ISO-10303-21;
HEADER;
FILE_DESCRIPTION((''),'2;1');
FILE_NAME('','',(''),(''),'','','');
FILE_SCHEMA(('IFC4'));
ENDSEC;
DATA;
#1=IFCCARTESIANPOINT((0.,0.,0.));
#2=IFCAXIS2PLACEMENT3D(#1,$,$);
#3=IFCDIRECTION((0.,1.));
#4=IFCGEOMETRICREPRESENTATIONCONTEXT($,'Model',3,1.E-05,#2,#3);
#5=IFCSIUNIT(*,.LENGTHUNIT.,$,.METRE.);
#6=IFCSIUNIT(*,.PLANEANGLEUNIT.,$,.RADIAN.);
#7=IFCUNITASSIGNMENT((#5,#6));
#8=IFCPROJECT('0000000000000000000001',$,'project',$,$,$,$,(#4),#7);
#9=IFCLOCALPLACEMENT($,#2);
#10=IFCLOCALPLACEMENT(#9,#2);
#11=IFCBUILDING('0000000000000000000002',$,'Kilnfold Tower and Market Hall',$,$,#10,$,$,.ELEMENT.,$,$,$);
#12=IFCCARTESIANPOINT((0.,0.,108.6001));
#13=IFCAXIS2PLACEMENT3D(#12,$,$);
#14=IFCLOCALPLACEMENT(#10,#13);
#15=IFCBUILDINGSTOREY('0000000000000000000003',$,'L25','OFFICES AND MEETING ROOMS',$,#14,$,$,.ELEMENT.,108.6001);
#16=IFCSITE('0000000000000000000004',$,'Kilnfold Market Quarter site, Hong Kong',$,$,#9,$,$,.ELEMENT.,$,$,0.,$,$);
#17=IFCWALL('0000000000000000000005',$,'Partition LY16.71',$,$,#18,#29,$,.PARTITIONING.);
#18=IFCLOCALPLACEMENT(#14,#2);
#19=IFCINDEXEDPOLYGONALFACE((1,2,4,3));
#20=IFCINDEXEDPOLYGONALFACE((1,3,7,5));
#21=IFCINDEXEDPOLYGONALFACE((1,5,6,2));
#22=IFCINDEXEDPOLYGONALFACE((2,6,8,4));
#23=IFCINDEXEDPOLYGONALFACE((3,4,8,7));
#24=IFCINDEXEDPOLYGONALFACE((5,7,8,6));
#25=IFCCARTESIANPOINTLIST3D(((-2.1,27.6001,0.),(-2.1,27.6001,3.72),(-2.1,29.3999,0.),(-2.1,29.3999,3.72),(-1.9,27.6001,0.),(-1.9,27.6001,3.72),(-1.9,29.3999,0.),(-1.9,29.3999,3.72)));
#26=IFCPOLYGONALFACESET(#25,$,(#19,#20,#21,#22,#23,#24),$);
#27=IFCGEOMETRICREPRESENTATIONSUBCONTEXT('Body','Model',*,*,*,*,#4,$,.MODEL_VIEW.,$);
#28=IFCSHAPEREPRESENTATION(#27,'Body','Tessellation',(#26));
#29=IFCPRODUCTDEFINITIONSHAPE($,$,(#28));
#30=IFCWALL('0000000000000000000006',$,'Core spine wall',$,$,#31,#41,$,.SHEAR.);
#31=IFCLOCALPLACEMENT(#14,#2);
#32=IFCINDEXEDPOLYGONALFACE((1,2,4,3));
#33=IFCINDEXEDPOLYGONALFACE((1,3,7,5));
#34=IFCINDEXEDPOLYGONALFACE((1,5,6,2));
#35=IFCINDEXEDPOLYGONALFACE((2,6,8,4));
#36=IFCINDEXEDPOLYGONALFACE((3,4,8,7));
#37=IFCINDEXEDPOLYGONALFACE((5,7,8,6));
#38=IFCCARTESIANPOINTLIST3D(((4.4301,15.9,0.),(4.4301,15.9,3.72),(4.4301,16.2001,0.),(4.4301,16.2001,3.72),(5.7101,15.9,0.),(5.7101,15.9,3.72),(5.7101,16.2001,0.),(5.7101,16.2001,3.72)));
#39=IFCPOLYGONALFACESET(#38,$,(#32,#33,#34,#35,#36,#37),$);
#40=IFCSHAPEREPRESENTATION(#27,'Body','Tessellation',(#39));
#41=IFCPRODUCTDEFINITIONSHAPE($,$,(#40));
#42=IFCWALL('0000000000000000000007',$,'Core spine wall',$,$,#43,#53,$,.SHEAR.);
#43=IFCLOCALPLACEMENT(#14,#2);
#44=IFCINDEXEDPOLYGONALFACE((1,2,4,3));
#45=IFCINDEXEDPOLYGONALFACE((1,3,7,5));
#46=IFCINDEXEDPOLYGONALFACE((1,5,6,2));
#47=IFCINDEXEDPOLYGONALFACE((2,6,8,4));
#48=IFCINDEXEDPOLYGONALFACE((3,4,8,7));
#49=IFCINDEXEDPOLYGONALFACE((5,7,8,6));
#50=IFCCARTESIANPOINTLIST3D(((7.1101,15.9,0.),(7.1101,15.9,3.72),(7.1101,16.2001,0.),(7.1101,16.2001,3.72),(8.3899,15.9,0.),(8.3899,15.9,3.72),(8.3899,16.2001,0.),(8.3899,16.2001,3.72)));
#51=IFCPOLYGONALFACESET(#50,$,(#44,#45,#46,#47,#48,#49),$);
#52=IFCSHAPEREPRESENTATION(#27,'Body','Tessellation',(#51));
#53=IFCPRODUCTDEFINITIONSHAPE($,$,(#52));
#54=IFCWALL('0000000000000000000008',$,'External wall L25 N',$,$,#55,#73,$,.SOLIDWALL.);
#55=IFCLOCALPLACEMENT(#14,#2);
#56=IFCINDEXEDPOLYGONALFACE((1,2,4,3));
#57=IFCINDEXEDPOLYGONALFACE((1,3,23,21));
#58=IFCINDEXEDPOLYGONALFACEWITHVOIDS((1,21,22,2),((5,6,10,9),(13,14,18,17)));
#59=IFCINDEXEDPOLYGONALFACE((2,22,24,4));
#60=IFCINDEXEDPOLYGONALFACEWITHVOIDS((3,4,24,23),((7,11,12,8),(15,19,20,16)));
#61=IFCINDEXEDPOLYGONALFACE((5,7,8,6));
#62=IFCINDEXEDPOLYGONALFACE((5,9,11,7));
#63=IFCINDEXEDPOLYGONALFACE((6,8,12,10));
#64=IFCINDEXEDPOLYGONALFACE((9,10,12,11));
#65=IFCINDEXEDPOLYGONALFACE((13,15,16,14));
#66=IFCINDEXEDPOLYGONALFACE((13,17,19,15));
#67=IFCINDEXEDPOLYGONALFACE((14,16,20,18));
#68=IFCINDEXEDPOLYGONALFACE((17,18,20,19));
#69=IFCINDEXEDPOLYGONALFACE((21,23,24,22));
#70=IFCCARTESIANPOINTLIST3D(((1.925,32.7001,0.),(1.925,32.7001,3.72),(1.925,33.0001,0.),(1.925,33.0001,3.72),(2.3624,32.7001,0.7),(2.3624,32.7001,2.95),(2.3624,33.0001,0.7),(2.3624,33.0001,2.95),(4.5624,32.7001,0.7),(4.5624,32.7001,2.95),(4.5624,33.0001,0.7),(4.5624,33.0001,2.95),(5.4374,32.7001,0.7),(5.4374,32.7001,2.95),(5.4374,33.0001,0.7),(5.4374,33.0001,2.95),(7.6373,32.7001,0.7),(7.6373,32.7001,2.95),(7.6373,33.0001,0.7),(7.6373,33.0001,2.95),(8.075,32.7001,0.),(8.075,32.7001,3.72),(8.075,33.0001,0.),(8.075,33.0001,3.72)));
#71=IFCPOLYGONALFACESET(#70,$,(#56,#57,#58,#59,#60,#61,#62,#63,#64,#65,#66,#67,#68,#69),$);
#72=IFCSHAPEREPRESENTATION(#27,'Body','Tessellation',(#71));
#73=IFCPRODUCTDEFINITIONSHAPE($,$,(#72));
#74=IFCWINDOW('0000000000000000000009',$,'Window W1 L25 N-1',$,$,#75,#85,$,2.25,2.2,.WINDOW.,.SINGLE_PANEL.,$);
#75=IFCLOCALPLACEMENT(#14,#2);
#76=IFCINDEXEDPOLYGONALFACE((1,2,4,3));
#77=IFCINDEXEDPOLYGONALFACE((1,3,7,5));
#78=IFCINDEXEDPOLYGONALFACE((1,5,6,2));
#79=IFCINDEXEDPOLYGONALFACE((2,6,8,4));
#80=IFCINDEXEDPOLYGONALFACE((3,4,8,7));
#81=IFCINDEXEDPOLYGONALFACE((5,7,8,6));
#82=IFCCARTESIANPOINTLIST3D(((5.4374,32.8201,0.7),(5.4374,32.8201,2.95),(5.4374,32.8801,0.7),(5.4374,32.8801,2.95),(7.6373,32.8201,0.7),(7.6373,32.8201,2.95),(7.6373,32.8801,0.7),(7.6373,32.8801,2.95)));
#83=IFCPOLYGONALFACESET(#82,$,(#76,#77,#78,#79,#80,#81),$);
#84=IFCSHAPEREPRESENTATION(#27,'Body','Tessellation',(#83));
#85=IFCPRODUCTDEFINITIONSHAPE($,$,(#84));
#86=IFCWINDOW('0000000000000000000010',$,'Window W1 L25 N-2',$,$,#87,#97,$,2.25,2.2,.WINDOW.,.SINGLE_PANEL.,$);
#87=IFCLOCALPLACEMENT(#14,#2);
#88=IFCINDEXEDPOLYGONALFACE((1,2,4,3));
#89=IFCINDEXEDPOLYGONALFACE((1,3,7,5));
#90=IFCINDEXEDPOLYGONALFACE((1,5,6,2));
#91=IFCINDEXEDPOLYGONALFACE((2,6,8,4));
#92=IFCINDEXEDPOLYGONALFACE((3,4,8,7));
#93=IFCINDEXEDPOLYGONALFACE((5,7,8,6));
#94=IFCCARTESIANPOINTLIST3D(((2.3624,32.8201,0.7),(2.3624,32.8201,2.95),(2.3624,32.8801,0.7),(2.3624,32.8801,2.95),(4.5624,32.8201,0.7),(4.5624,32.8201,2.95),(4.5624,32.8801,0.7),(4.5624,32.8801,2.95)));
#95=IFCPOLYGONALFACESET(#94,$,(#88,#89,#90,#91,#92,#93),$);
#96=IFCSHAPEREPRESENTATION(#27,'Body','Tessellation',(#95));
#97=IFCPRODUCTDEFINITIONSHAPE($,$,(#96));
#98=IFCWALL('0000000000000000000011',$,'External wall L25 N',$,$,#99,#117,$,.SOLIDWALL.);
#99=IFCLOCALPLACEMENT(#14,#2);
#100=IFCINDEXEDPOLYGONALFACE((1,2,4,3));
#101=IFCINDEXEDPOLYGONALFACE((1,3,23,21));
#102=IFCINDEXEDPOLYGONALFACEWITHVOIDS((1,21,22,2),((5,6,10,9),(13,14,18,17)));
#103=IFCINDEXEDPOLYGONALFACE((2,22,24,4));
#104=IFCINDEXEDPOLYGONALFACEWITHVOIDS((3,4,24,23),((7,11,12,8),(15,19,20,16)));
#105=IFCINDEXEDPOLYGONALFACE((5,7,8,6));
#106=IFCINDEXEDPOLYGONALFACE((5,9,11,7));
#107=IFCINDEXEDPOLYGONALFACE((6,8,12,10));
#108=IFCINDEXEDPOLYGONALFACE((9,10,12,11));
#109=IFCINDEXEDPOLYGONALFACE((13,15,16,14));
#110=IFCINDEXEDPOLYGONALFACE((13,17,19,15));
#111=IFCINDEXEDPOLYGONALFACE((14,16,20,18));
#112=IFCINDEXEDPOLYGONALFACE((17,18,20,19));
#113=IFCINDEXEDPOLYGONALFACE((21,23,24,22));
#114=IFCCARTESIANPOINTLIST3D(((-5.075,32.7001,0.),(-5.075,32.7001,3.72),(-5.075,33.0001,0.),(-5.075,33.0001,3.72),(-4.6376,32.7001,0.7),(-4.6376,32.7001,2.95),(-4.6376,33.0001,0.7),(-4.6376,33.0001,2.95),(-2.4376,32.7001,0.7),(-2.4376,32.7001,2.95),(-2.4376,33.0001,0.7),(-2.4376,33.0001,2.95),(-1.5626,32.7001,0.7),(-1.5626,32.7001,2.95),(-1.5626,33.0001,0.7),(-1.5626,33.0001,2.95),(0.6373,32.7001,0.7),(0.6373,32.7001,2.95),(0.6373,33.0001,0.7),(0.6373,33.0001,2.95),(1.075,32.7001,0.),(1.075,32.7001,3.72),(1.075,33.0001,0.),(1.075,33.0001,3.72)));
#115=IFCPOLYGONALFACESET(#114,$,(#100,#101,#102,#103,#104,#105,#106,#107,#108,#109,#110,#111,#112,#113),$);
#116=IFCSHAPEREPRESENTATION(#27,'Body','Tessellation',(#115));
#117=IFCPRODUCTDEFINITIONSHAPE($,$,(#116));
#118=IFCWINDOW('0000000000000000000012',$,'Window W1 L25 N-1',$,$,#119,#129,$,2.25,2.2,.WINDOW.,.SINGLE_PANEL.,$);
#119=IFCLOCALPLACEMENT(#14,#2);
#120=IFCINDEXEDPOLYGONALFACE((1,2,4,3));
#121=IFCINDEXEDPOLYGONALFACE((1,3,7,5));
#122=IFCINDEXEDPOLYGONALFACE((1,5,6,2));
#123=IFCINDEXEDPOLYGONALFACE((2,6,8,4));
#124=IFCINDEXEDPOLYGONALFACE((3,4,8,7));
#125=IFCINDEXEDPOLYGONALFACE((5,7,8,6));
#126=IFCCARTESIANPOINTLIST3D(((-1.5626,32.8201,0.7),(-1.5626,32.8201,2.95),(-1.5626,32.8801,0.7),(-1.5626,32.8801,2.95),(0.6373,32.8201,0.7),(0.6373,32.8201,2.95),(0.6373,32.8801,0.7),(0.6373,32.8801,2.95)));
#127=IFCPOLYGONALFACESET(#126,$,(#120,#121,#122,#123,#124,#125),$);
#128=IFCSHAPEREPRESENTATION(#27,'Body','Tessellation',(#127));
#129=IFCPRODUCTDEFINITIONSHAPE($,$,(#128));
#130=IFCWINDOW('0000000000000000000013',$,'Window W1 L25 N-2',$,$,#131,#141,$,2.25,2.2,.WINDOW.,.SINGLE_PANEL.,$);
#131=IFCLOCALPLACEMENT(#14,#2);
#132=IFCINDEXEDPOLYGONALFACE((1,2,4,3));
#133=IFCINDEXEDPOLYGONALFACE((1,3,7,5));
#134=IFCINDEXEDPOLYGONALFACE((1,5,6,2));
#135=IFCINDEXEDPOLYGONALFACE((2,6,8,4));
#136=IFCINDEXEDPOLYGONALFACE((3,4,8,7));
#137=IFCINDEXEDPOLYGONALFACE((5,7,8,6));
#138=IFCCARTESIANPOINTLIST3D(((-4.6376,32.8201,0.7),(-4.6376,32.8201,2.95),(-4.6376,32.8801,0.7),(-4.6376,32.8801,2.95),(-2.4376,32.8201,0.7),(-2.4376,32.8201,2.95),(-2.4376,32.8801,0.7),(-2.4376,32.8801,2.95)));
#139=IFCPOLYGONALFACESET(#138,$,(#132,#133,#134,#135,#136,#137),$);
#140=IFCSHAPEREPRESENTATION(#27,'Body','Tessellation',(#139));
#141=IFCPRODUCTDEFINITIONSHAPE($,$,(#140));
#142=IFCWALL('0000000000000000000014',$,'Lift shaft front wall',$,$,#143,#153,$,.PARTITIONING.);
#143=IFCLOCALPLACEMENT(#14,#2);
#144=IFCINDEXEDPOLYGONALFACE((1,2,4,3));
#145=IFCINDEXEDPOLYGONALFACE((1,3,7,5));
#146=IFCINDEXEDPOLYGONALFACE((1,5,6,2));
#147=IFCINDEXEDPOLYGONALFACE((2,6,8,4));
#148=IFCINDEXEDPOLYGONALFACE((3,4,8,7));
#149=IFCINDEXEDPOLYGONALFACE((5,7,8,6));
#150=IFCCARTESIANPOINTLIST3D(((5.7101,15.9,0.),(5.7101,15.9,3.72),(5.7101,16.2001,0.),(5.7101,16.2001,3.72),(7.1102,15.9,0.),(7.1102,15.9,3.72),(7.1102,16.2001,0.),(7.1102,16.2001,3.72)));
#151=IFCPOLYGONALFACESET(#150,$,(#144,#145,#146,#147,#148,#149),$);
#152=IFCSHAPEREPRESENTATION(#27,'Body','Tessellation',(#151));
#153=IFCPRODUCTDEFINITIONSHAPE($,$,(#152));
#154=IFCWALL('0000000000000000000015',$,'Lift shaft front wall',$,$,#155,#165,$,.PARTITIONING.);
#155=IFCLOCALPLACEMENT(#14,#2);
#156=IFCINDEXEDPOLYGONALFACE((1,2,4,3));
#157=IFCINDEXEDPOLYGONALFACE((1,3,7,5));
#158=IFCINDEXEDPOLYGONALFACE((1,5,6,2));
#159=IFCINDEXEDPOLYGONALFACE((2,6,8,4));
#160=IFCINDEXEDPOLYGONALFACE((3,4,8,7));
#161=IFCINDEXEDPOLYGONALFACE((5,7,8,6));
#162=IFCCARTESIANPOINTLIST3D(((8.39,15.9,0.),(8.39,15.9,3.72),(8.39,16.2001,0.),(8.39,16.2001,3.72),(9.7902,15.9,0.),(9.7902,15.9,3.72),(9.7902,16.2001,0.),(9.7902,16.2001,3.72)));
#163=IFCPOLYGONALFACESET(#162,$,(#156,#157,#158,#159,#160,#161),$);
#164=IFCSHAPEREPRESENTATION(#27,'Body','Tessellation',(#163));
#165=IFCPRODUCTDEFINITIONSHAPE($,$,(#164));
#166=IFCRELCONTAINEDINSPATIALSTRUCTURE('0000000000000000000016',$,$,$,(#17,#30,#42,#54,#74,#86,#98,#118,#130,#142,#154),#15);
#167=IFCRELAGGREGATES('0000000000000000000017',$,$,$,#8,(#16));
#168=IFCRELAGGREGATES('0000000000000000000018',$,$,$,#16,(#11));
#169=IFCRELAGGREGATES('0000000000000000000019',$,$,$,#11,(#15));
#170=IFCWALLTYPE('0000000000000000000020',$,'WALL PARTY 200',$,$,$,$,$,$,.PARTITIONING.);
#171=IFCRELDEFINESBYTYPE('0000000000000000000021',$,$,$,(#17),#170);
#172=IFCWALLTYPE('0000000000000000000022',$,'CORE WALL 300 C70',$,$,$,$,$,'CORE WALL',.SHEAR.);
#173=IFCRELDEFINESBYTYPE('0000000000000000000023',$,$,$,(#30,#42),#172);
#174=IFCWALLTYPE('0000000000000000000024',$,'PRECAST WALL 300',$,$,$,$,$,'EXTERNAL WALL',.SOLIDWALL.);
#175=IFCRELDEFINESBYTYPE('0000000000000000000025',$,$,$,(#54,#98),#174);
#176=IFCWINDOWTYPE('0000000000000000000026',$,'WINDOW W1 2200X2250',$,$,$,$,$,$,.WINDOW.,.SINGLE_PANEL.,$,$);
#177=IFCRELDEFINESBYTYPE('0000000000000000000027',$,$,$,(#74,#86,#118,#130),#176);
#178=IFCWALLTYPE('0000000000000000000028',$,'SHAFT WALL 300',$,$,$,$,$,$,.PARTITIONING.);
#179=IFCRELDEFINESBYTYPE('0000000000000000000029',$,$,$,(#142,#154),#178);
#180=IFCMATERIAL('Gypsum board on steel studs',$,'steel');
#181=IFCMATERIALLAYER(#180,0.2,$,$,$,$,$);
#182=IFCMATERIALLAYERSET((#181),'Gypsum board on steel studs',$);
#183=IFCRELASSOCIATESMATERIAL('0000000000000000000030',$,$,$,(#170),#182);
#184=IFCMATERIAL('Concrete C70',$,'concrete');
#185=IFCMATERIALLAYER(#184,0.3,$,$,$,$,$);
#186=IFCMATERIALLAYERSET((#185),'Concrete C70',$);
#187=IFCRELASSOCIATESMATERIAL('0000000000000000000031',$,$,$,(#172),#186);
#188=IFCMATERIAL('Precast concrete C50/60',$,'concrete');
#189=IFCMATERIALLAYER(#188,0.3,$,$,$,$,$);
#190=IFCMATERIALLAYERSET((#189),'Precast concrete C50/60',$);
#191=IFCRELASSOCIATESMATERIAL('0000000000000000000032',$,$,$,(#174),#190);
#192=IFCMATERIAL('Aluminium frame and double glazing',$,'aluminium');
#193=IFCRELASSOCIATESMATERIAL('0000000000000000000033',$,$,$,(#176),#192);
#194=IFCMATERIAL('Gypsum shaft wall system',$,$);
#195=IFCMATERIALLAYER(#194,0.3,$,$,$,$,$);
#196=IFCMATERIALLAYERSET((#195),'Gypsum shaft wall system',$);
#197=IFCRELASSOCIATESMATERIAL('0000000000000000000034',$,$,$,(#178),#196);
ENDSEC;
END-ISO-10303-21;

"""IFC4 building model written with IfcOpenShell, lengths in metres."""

from ifc_helpers import new_model, si_unit, direction, frame, frame_2d, origin, place, context, subcontext, project, spatial, rectangle, extrude, source, transform, mapped, material, layer, layer_set, type_object, element, fill, save


model = new_model("IFC4")

# Units and contexts
model_context = context("Model", 3, precision=1e-05, world=origin(), true_north=direction((0.0, 1.0)))
body_context = subcontext(model_context, "Body", "Model", "MODEL_VIEW")
ifc_project = project(units=[si_unit("LENGTHUNIT", "METRE"), si_unit("PLANEANGLEUNIT", "RADIAN")], contexts=[model_context])

# Site, building, storey
site_placement = place(None, origin())
site = spatial("IfcSite", under=ifc_project, at=site_placement, Name="Kilnfold Market Quarter site, Hong Kong", CompositionType="ELEMENT", RefElevation=0.0)
building_placement = place(site_placement, origin())
building = spatial("IfcBuilding", under=site, at=building_placement, Name="Kilnfold Tower and Market Hall", CompositionType="ELEMENT")
storey_placement = place(building_placement, frame((0.0, 0.0, 108.6001)))
storey = spatial("IfcBuildingStorey", under=building, at=storey_placement, Name="L25", Description="OFFICES AND MEETING ROOMS", CompositionType="ELEMENT", Elevation=108.6001)

# Walls
ifc_material_1 = material(Name="Gypsum board on steel studs", Category="steel")
ifc_layer_1 = layer(ifc_material_1, 0.2)
ifc_layer_set_1 = layer_set([ifc_layer_1], Name="Gypsum board on steel studs")
wall_type_1 = type_object("IfcWallType", Name="WALL PARTY 200", PredefinedType="PARTITIONING", material=ifc_layer_set_1)
wall_1_placement = place(storey_placement, frame((-2.0, 27.6001, 0.0), z_axis=(0.0, 0.0, 1.0), x_axis=(0.0, 1.0, 0.0)))
element("IfcWall", 1, at=wall_1_placement, inside=storey, type_object=wall_type_1, Name="Partition LY16.71", PredefinedType="PARTITIONING", context=body_context, shape_type="SweptSolid", body=[
    extrude(rectangle(XDim=1.7998, YDim=0.2, at=frame_2d((0.8999, 0.0))), origin(), (0.0, 0.0, 1.0), 3.72),
])
ifc_material_2 = material(Name="Concrete C70", Category="concrete")
ifc_layer_2 = layer(ifc_material_2, 0.3)
ifc_layer_set_2 = layer_set([ifc_layer_2], Name="Concrete C70")
wall_type_2 = type_object("IfcWallType", Name="CORE WALL 300 C70", ElementType="CORE WALL", PredefinedType="SHEAR", material=ifc_layer_set_2)
shared_shape_1 = source(origin(), body_context, "Body", "SweptSolid", [
    extrude(rectangle(XDim=1.28, YDim=0.3, at=frame_2d((0.6401, 0.0))), origin(), (0.0, 0.0, 1.0), 3.72),
])
wall_2_placement = place(storey_placement, frame((4.4299, 16.05, 0.0), z_axis=(0.0, 0.0, 1.0), x_axis=(1.0, 0.0, 0.0)))
element("IfcWall", 2, at=wall_2_placement, inside=storey, type_object=wall_type_2, Name="Core spine wall", PredefinedType="SHEAR", context=body_context, shape_type="MappedRepresentation", body=[
    mapped(shared_shape_1, transform((0.0, 0.0, 0.0))),
])
shared_shape_2 = source(origin(), body_context, "Body", "SweptSolid", [
    extrude(rectangle(XDim=1.2798, YDim=0.3, at=frame_2d((0.6399, 0.0))), origin(), (0.0, 0.0, 1.0), 3.72),
])
wall_3_placement = place(storey_placement, frame((7.1101, 16.05, 0.0), z_axis=(0.0, 0.0, 1.0), x_axis=(1.0, 0.0, 0.0)))
element("IfcWall", 3, at=wall_3_placement, inside=storey, type_object=wall_type_2, Name="Core spine wall", PredefinedType="SHEAR", context=body_context, shape_type="MappedRepresentation", body=[
    mapped(shared_shape_2, transform((0.0, 0.0, 0.0))),
])

# Walls, openings, windows
ifc_material_3 = material(Name="Precast concrete C50/60", Category="concrete")
ifc_layer_3 = layer(ifc_material_3, 0.3)
ifc_layer_set_3 = layer_set([ifc_layer_3], Name="Precast concrete C50/60")
wall_type_3 = type_object("IfcWallType", Name="PRECAST WALL 300", ElementType="EXTERNAL WALL", PredefinedType="SOLIDWALL", material=ifc_layer_set_3)
shared_shape_3 = source(origin(), body_context, "Body", "SweptSolid", [
    extrude(rectangle(XDim=6.1499, YDim=0.3, at=frame_2d((3.075, 0.0))), origin(), (0.0, 0.0, 1.0), 3.72),
])
wall_4_placement = place(storey_placement, frame((8.075, 32.8501, 0.0), z_axis=(0.0, 0.0, 1.0), x_axis=(-1.0, 0.0, 0.0)))
wall_4 = element("IfcWall", 4, at=wall_4_placement, inside=storey, type_object=wall_type_3, Name="External wall L25 N", PredefinedType="SOLIDWALL", context=body_context, shape_type="MappedRepresentation", body=[
    mapped(shared_shape_3, transform((0.0, 0.0, 0.0))),
])
opening_1_placement = place(wall_4_placement, frame((0.4375, 0.0, 0.7)))
opening_1 = element("IfcOpeningElement", 5, at=opening_1_placement, cuts=wall_4, PredefinedType="OPENING", context=body_context, shape_type="SweptSolid", body=[
    extrude(rectangle(XDim=2.2, YDim=2.25, at=frame_2d((1.1001, 1.125))), frame((0.0, 0.1602, 0.0), z_axis=(0.0, -1.0, 0.0), x_axis=(1.0, 0.0, 0.0)), (0.0, 0.0, 1.0), 0.3201),
])
opening_2_placement = place(wall_4_placement, frame((3.5125, 0.0, 0.7)))
opening_2 = element("IfcOpeningElement", 6, at=opening_2_placement, cuts=wall_4, PredefinedType="OPENING", context=body_context, shape_type="SweptSolid", body=[
    extrude(rectangle(XDim=2.2, YDim=2.25, at=frame_2d((1.1001, 1.125))), frame((0.0, 0.1602, 0.0), z_axis=(0.0, -1.0, 0.0), x_axis=(1.0, 0.0, 0.0)), (0.0, 0.0, 1.0), 0.3201),
])
ifc_material_4 = material(Name="Aluminium frame and double glazing", Category="aluminium")
window_type = type_object("IfcWindowType", Name="WINDOW W1 2200X2250", PartitioningType="SINGLE_PANEL", PredefinedType="WINDOW", material=ifc_material_4)
window_1_placement = place(opening_1_placement, origin())
window_1 = element("IfcWindow", 7, at=window_1_placement, inside=storey, type_object=window_type, Name="Window W1 L25 N-1", OverallHeight=2.25, OverallWidth=2.2, PartitioningType="SINGLE_PANEL", PredefinedType="WINDOW", context=body_context, shape_type="SweptSolid", body=[
    extrude(rectangle(XDim=2.2, YDim=2.25, at=frame_2d((1.1001, 1.125))), frame((0.0, 0.03, 0.0), z_axis=(0.0, -1.0, 0.0), x_axis=(1.0, 0.0, 0.0)), (0.0, 0.0, 1.0), 0.0601),
])
fill(opening_1, window_1)
window_2_placement = place(opening_2_placement, origin())
window_2 = element("IfcWindow", 8, at=window_2_placement, inside=storey, type_object=window_type, Name="Window W1 L25 N-2", OverallHeight=2.25, OverallWidth=2.2, PartitioningType="SINGLE_PANEL", PredefinedType="WINDOW", context=body_context, shape_type="SweptSolid", body=[
    extrude(rectangle(XDim=2.2, YDim=2.25, at=frame_2d((1.1001, 1.125))), frame((0.0, 0.03, 0.0), z_axis=(0.0, -1.0, 0.0), x_axis=(1.0, 0.0, 0.0)), (0.0, 0.0, 1.0), 0.0601),
])
fill(opening_2, window_2)
wall_5_placement = place(storey_placement, frame((1.075, 32.8501, 0.0), z_axis=(0.0, 0.0, 1.0), x_axis=(-1.0, 0.0, 0.0)))
wall_5 = element("IfcWall", 9, at=wall_5_placement, inside=storey, type_object=wall_type_3, Name="External wall L25 N", PredefinedType="SOLIDWALL", context=body_context, shape_type="MappedRepresentation", body=[
    mapped(shared_shape_3, transform((0.0, 0.0, 0.0))),
])
opening_3_placement = place(wall_5_placement, frame((0.4375, 0.0, 0.7)))
opening_3 = element("IfcOpeningElement", 10, at=opening_3_placement, cuts=wall_5, PredefinedType="OPENING", context=body_context, shape_type="SweptSolid", body=[
    extrude(rectangle(XDim=2.2, YDim=2.25, at=frame_2d((1.1001, 1.125))), frame((0.0, 0.1602, 0.0), z_axis=(0.0, -1.0, 0.0), x_axis=(1.0, 0.0, 0.0)), (0.0, 0.0, 1.0), 0.3201),
])
opening_4_placement = place(wall_5_placement, frame((3.5125, 0.0, 0.7)))
opening_4 = element("IfcOpeningElement", 11, at=opening_4_placement, cuts=wall_5, PredefinedType="OPENING", context=body_context, shape_type="SweptSolid", body=[
    extrude(rectangle(XDim=2.2, YDim=2.25, at=frame_2d((1.1001, 1.125))), frame((0.0, 0.1602, 0.0), z_axis=(0.0, -1.0, 0.0), x_axis=(1.0, 0.0, 0.0)), (0.0, 0.0, 1.0), 0.3201),
])
window_3_placement = place(opening_3_placement, origin())
window_3 = element("IfcWindow", 12, at=window_3_placement, inside=storey, type_object=window_type, Name="Window W1 L25 N-1", OverallHeight=2.25, OverallWidth=2.2, PartitioningType="SINGLE_PANEL", PredefinedType="WINDOW", context=body_context, shape_type="SweptSolid", body=[
    extrude(rectangle(XDim=2.2, YDim=2.25, at=frame_2d((1.1001, 1.125))), frame((0.0, 0.03, 0.0), z_axis=(0.0, -1.0, 0.0), x_axis=(1.0, 0.0, 0.0)), (0.0, 0.0, 1.0), 0.0601),
])
fill(opening_3, window_3)
window_4_placement = place(opening_4_placement, origin())
window_4 = element("IfcWindow", 13, at=window_4_placement, inside=storey, type_object=window_type, Name="Window W1 L25 N-2", OverallHeight=2.25, OverallWidth=2.2, PartitioningType="SINGLE_PANEL", PredefinedType="WINDOW", context=body_context, shape_type="SweptSolid", body=[
    extrude(rectangle(XDim=2.2, YDim=2.25, at=frame_2d((1.1001, 1.125))), frame((0.0, 0.03, 0.0), z_axis=(0.0, -1.0, 0.0), x_axis=(1.0, 0.0, 0.0)), (0.0, 0.0, 1.0), 0.0601),
])
fill(opening_4, window_4)

# Walls
ifc_material_5 = material(Name="Gypsum shaft wall system")
ifc_layer_4 = layer(ifc_material_5, 0.3)
ifc_layer_set_4 = layer_set([ifc_layer_4], Name="Gypsum shaft wall system")
wall_type_4 = type_object("IfcWallType", Name="SHAFT WALL 300", PredefinedType="PARTITIONING", material=ifc_layer_set_4)
shared_shape_4 = source(origin(), body_context, "Body", "SweptSolid", [
    extrude(rectangle(XDim=1.4001, YDim=0.3, at=frame_2d((0.7002, 0.0))), origin(), (0.0, 0.0, 1.0), 3.72),
])
for number, where, z_axis, x_axis, name in (
    (14, (5.71, 16.05, 0.0), (0.0, 0.0, 1.0), (1.0, 0.0, 0.0), "Lift shaft front wall"),
    (15, (8.3899, 16.05, 0.0), (0.0, 0.0, 1.0), (1.0, 0.0, 0.0), "Lift shaft front wall"),
):
    element("IfcWall", number, at=place(storey_placement, frame(where, z_axis=z_axis, x_axis=x_axis)), inside=storey, type_object=wall_type_4, Name=name, PredefinedType="PARTITIONING", context=body_context, shape_type="MappedRepresentation", body=[
        mapped(shared_shape_4, transform((0.0, 0.0, 0.0))),
    ])

save(model, "model.ifc")
